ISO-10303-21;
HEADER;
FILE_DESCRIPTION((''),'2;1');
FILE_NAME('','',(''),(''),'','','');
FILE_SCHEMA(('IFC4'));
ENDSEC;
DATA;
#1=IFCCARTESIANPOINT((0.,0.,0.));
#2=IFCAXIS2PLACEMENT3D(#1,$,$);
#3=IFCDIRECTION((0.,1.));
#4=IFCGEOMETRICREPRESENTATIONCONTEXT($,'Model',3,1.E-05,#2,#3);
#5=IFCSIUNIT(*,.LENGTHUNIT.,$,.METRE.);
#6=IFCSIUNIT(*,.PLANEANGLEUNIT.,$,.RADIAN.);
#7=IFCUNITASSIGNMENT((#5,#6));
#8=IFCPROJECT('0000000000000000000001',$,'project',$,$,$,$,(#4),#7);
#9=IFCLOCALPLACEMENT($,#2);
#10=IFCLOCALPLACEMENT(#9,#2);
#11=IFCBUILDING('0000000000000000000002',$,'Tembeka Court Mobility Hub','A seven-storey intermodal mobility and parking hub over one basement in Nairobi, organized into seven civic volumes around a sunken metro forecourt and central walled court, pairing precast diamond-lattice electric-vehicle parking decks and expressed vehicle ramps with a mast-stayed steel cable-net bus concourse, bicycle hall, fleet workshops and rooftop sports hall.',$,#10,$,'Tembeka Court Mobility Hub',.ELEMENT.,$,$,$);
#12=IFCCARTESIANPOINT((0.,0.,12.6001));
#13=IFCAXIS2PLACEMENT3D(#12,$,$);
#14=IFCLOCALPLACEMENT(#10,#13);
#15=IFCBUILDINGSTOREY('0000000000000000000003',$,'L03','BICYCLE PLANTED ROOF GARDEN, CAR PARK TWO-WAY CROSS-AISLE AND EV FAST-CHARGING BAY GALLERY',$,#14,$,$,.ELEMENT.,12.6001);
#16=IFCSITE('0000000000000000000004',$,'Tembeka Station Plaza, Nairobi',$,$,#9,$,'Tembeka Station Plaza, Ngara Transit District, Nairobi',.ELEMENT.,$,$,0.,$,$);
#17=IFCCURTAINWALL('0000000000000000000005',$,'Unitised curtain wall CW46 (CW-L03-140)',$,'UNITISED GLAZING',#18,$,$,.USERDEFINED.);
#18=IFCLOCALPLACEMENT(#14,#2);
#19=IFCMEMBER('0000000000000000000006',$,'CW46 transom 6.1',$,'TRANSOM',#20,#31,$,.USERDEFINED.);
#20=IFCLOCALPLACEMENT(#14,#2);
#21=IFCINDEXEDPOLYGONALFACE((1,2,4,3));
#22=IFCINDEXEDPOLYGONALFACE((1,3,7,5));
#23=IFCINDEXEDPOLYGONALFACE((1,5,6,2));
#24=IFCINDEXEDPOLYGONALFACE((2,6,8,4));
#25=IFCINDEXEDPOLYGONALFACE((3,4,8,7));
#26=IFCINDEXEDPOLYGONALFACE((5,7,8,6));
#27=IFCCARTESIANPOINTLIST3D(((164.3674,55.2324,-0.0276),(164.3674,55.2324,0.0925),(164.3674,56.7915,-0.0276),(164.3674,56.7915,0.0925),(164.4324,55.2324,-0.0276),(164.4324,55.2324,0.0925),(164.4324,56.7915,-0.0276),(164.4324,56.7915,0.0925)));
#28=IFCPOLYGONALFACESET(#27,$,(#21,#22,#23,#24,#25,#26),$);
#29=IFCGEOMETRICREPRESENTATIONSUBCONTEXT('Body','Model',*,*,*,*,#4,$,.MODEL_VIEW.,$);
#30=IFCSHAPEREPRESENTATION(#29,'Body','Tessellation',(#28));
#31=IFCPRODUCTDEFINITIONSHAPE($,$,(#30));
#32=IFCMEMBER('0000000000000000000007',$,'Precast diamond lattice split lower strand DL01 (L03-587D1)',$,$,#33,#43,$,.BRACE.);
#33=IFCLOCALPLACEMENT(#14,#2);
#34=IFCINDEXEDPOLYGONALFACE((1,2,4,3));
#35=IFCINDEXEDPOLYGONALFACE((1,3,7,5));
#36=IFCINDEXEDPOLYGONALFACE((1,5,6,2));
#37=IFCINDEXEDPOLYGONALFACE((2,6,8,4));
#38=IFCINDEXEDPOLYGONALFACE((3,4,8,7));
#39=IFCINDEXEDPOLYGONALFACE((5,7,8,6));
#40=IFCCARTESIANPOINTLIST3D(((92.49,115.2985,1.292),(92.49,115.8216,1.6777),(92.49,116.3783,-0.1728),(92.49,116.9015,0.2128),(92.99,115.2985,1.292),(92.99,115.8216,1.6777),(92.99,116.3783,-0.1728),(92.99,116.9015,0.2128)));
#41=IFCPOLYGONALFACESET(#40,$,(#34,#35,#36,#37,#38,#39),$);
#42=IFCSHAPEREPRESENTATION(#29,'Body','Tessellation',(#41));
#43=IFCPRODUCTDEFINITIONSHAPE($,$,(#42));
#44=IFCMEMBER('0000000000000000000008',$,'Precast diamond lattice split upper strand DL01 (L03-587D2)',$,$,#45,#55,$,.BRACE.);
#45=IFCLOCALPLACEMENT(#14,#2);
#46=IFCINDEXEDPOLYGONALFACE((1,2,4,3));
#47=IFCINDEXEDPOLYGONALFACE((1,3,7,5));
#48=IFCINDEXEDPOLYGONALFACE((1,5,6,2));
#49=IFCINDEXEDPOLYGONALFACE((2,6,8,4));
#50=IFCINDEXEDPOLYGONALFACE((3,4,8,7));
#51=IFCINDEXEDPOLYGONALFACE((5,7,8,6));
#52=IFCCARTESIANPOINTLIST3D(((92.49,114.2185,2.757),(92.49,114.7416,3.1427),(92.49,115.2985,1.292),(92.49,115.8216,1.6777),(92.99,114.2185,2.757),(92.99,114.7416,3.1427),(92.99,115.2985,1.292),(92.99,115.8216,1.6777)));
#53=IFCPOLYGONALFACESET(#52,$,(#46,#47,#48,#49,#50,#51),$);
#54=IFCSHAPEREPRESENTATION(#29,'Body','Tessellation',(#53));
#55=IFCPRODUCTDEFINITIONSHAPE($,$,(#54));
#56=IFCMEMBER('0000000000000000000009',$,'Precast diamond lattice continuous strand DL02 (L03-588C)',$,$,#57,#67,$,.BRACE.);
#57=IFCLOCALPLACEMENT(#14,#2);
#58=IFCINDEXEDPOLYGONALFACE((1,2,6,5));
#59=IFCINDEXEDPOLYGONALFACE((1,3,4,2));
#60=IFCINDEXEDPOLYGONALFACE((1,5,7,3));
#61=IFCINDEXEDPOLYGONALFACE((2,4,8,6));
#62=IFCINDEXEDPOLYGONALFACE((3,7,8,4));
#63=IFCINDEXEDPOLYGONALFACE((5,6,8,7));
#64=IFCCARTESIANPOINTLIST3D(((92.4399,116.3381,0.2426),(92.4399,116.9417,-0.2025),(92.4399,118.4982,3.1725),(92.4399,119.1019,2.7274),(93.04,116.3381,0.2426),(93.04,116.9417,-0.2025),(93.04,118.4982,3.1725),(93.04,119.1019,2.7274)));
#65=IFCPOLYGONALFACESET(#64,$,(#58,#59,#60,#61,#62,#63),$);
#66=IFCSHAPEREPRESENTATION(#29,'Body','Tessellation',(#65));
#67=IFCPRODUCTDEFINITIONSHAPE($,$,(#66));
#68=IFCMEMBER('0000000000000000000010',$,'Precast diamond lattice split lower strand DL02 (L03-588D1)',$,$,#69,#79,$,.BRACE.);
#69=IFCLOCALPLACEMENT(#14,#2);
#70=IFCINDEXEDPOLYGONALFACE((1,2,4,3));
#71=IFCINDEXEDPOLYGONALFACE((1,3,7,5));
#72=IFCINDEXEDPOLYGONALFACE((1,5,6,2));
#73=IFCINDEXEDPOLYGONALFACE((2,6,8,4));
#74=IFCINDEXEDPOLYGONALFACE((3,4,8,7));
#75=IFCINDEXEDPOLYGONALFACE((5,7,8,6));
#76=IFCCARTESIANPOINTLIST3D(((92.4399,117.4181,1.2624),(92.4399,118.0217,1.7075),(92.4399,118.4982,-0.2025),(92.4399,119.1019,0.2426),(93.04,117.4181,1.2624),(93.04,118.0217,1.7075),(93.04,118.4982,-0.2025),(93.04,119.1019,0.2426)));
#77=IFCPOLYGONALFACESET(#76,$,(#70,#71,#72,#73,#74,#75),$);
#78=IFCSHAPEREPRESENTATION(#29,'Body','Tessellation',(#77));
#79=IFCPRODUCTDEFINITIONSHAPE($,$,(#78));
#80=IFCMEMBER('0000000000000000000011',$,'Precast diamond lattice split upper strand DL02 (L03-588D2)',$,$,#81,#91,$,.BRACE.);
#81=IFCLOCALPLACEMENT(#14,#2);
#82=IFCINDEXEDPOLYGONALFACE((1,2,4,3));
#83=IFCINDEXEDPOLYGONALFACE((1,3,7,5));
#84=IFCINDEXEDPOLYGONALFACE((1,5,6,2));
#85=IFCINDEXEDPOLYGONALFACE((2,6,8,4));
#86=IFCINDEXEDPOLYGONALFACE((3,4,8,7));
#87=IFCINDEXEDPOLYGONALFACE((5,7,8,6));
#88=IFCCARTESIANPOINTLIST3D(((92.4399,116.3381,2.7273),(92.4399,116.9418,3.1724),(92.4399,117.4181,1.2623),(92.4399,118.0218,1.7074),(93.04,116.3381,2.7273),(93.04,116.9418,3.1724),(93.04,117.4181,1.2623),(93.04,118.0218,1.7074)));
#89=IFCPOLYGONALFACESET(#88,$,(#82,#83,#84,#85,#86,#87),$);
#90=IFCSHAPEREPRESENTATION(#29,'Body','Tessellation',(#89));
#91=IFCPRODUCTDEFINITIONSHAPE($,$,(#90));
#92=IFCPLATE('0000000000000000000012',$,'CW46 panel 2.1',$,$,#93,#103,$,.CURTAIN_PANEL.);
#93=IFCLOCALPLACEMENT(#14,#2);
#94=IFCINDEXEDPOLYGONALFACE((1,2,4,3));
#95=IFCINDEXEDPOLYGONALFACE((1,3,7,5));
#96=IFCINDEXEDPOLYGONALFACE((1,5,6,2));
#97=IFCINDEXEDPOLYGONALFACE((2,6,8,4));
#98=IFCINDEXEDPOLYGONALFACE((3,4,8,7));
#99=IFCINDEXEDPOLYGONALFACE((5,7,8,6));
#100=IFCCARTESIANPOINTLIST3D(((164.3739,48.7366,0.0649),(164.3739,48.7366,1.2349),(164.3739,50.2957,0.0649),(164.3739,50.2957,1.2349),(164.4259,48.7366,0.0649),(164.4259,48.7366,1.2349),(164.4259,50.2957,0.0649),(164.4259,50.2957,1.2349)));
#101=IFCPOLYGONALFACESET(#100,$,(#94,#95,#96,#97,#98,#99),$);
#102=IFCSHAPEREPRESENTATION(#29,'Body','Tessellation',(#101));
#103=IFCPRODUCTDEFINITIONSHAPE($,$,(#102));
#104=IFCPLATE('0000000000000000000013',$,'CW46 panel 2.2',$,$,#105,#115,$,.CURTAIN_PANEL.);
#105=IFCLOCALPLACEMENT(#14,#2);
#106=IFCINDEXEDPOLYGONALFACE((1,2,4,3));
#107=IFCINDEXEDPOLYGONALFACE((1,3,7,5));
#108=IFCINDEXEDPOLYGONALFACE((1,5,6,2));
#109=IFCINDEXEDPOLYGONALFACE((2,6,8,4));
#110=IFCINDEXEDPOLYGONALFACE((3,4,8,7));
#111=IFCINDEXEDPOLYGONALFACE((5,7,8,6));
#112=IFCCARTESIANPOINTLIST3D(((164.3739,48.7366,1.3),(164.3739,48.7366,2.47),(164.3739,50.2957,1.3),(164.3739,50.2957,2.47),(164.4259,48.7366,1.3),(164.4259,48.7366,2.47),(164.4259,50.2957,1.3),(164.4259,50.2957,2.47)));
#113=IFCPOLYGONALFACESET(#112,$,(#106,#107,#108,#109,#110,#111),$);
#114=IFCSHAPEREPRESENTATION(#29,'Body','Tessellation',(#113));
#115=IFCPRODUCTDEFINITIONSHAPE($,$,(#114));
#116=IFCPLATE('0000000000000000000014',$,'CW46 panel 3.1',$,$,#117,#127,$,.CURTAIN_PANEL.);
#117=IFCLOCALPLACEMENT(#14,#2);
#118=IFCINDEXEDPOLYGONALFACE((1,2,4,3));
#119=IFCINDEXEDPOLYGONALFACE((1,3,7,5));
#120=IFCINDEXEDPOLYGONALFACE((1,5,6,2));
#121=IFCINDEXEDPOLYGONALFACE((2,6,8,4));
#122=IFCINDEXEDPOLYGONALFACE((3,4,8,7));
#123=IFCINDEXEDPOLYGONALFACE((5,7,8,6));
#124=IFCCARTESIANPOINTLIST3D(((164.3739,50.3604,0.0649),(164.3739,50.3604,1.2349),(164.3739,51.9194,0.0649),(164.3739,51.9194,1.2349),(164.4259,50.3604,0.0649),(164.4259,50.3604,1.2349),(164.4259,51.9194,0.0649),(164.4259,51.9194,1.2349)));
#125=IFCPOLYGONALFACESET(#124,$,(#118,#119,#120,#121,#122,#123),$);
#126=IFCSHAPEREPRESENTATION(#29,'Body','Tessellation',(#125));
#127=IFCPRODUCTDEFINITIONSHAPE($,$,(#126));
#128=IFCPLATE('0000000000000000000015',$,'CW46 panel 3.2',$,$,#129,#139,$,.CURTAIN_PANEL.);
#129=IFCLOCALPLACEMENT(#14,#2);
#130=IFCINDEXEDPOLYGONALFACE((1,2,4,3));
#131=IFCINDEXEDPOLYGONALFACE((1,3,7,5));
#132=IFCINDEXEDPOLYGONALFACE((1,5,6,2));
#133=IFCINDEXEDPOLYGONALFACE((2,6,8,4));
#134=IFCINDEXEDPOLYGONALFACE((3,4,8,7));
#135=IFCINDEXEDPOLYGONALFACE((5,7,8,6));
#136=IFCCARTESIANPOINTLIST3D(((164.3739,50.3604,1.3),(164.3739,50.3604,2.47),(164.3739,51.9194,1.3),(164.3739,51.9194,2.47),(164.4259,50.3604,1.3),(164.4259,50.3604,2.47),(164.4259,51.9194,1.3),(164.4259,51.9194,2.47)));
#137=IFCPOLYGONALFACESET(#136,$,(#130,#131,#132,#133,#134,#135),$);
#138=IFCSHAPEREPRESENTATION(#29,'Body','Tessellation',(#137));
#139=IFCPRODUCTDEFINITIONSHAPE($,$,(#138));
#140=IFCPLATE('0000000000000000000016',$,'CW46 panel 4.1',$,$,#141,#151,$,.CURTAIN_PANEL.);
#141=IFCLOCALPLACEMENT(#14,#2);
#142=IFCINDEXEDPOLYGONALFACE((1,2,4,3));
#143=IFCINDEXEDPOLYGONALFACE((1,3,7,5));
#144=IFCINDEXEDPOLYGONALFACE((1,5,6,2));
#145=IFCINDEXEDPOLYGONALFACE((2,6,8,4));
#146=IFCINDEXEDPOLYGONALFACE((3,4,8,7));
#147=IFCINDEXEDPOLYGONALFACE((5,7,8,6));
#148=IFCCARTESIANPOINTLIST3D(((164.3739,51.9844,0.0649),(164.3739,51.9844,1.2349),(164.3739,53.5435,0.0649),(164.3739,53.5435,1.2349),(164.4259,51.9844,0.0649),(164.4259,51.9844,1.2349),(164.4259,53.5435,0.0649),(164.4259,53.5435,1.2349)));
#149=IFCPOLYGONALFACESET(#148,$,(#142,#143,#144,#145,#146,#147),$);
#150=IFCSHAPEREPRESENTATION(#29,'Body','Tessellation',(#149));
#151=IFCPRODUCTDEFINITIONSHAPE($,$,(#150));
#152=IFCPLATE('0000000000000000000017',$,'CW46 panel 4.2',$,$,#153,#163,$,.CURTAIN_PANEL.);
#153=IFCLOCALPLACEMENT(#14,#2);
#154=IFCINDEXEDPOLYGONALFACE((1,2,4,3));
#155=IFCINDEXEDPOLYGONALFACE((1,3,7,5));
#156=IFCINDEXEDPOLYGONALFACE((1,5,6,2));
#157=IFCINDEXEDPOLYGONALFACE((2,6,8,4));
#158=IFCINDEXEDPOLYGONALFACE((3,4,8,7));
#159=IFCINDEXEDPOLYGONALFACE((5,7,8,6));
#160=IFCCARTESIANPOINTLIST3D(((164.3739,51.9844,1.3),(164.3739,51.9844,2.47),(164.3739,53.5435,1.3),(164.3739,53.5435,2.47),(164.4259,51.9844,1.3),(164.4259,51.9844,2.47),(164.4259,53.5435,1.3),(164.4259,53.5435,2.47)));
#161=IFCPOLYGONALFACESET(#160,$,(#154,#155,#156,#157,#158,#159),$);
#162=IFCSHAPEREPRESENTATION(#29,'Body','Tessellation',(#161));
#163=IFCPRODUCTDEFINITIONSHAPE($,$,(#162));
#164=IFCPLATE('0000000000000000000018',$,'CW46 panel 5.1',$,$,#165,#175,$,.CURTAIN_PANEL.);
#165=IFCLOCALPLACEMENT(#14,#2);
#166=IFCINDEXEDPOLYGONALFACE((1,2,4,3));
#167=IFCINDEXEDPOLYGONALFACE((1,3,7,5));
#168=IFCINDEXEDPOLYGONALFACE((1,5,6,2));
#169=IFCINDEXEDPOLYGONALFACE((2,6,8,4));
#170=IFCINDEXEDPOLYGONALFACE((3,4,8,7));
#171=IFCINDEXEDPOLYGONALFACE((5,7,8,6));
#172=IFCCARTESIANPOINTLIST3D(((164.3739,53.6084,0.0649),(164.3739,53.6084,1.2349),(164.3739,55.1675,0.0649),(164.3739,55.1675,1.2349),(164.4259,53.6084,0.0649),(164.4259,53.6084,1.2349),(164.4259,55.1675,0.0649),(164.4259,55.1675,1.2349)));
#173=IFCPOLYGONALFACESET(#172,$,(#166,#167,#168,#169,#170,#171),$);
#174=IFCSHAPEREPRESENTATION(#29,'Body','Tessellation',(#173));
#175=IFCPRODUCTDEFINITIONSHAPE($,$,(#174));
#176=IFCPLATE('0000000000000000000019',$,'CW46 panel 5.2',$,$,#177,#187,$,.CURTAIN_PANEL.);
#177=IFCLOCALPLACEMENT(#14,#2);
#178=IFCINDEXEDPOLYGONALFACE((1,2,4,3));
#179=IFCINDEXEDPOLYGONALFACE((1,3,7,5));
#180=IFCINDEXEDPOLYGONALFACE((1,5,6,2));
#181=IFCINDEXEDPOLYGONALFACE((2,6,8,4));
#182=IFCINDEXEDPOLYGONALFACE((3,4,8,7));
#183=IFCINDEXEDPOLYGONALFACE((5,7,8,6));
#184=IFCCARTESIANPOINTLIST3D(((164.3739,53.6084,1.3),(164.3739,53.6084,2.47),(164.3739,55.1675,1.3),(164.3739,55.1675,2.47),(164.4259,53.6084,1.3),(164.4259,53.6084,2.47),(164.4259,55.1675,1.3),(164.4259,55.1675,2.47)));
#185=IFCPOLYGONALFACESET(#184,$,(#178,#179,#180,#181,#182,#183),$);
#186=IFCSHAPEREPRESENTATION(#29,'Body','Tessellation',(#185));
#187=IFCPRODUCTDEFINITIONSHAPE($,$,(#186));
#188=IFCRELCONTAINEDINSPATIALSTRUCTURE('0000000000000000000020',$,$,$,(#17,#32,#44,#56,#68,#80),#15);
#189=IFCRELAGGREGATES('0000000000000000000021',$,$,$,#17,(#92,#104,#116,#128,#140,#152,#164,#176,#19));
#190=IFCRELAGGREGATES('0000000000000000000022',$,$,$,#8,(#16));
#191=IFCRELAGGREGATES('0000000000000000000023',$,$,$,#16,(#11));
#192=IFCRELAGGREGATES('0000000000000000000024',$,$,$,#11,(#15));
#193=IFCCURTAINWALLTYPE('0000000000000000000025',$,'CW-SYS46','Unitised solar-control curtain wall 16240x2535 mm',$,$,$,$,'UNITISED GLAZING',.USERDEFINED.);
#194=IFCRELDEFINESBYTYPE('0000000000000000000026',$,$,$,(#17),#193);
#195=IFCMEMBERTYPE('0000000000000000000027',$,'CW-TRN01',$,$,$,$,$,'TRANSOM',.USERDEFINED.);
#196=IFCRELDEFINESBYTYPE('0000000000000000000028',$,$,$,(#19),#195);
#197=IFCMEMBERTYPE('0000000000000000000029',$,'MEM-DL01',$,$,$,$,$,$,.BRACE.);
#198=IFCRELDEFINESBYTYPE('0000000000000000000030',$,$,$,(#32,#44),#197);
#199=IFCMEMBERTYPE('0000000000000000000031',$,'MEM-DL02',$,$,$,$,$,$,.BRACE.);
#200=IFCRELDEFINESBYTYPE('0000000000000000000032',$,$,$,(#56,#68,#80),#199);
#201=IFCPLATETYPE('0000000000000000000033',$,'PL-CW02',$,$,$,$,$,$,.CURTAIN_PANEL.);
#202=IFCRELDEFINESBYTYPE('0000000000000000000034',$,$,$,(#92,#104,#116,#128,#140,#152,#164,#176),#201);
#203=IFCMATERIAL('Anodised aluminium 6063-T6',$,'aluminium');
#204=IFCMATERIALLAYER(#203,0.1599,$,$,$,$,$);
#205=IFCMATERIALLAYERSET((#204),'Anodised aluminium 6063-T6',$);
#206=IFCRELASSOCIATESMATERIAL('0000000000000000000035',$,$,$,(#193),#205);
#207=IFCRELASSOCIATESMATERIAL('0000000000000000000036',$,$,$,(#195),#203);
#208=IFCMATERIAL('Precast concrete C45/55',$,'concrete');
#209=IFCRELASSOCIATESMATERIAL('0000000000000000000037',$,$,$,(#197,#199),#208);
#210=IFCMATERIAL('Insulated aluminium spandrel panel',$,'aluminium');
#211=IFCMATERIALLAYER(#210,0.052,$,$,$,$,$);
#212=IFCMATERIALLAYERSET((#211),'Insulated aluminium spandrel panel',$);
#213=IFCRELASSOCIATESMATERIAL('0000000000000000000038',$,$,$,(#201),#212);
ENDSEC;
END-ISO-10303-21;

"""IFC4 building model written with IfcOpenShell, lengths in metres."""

from ifc_helpers import new_model, si_unit, direction, frame, origin, origin_2d, place, context, subcontext, project, spatial, rectangle, extrude, material, layer, layer_set, material_profile, profile_set, type_object, element, aggregate, save


model = new_model("IFC4")

# Units and contexts
model_context = context("Model", 3, precision=1e-05, world=origin(), true_north=direction((0.0, 1.0)))
body_context = subcontext(model_context, "Body", "Model", "MODEL_VIEW")
ifc_project = project(units=[si_unit("LENGTHUNIT", "METRE"), si_unit("PLANEANGLEUNIT", "RADIAN")], contexts=[model_context])

# Site, building, storey
site_placement = place(None, origin())
site = spatial("IfcSite", under=ifc_project, at=site_placement, Name="Tembeka Station Plaza, Nairobi", LongName="Tembeka Station Plaza, Ngara Transit District, Nairobi", CompositionType="ELEMENT", RefElevation=0.0)
building_placement = place(site_placement, origin())
building = spatial("IfcBuilding", under=site, at=building_placement, Name="Tembeka Court Mobility Hub", Description="A seven-storey intermodal mobility and parking hub over one basement in Nairobi, organized into seven civic volumes around a sunken metro forecourt and central walled court, pairing precast diamond-lattice electric-vehicle parking decks and expressed vehicle ramps with a mast-stayed steel cable-net bus concourse, bicycle hall, fleet workshops and rooftop sports hall.", LongName="Tembeka Court Mobility Hub", CompositionType="ELEMENT")
storey_placement = place(building_placement, frame((0.0, 0.0, 12.6001)))
storey = spatial("IfcBuildingStorey", under=building, at=storey_placement, Name="L03", Description="BICYCLE PLANTED ROOF GARDEN, CAR PARK TWO-WAY CROSS-AISLE AND EV FAST-CHARGING BAY GALLERY", CompositionType="ELEMENT", Elevation=12.6001)

# Curtain wall, member
ifc_material_1 = material(Name="Anodised aluminium 6063-T6", Category="aluminium")
ifc_layer_1 = layer(ifc_material_1, 0.1599)
ifc_layer_set_1 = layer_set([ifc_layer_1], Name="Anodised aluminium 6063-T6")
curtain_wall_type = type_object("IfcCurtainWallType", Name="CW-SYS46", Description="Unitised solar-control curtain wall 16240x2535 mm", ElementType="UNITISED GLAZING", PredefinedType="USERDEFINED", material=ifc_layer_set_1)
curtain_wall_placement = place(storey_placement, origin())
curtain_wall = element("IfcCurtainWall", 1, at=curtain_wall_placement, inside=storey, type_object=curtain_wall_type, Name="Unitised curtain wall CW46 (CW-L03-140)", ObjectType="UNITISED GLAZING", PredefinedType="USERDEFINED")
ifc_material_profile_1 = material_profile(ifc_material_1, rectangle(XDim=0.0649, YDim=0.1201, at=origin_2d()), Name="ALU-TRN 65x120")
ifc_profile_set_1 = profile_set([ifc_material_profile_1], Name="Anodised aluminium 6063-T6")
member_type_1 = type_object("IfcMemberType", Name="CW-TRN01", ElementType="TRANSOM", PredefinedType="USERDEFINED", material=ifc_profile_set_1)
member_1_placement = place(storey_placement, frame((164.3999, 55.2324, 0.0325), z_axis=(0.0, 1.0, 0.0), x_axis=(-1.0, 0.0, 0.0)))
member_1 = element("IfcMember", 2, at=member_1_placement, type_object=member_type_1, Name="CW46 transom 6.1", ObjectType="TRANSOM", PredefinedType="USERDEFINED", context=body_context, shape_type="SweptSolid", body=[
    extrude(rectangle(XDim=0.0649, YDim=0.1201, at=origin_2d()), origin(), (0.0, 0.0, 1.0), 1.5591),
])

# Members
ifc_material_2 = material(Name="Precast concrete C45/55", Category="concrete")
ifc_material_profile_2 = material_profile(ifc_material_2, rectangle(XDim=0.5, YDim=0.6499, at=origin_2d()), Name="PC-DIAG 500x650")
ifc_profile_set_2 = profile_set([ifc_material_profile_2], Name="Precast concrete C45/55")
member_type_2 = type_object("IfcMemberType", Name="MEM-DL01", PredefinedType="BRACE", material=ifc_profile_set_2)
member_2_placement = place(storey_placement, frame((92.74, 116.6399, 0.02), z_axis=(0.0, -0.593368, 0.804931), x_axis=(1.0, 0.0, 0.0)))
element("IfcMember", 3, at=member_2_placement, inside=storey, type_object=member_type_2, Name="Precast diamond lattice split lower strand DL01 (L03-587D1)", PredefinedType="BRACE", context=body_context, shape_type="SweptSolid", body=[
    extrude(rectangle(XDim=0.5, YDim=0.6499, at=origin_2d()), origin(), (0.0, 0.0, 1.0), 1.8198),
])
member_3_placement = place(storey_placement, frame((92.74, 115.5601, 1.4849), z_axis=(0.0, -0.593391, 0.804914), x_axis=(1.0, 0.0, 0.0)))
element("IfcMember", 4, at=member_3_placement, inside=storey, type_object=member_type_2, Name="Precast diamond lattice split upper strand DL01 (L03-587D2)", PredefinedType="BRACE", context=body_context, shape_type="SweptSolid", body=[
    extrude(rectangle(XDim=0.5, YDim=0.6499, at=origin_2d()), origin(), (0.0, 0.0, 1.0), 1.8201),
])
ifc_material_profile_3 = material_profile(ifc_material_2, rectangle(XDim=0.6001, YDim=0.75, at=origin_2d()), Name="PC-DIAG 600x750")
ifc_profile_set_3 = profile_set([ifc_material_profile_3], Name="Precast concrete C45/55")
member_type_3 = type_object("IfcMemberType", Name="MEM-DL02", PredefinedType="BRACE", material=ifc_profile_set_3)
member_4_placement = place(storey_placement, frame((92.74, 116.6399, 0.02), z_axis=(0.0, 0.593423, 0.804891), x_axis=(-1.0, 0.0, 0.0)))
element("IfcMember", 5, at=member_4_placement, inside=storey, type_object=member_type_3, Name="Precast diamond lattice continuous strand DL02 (L03-588C)", PredefinedType="BRACE", context=body_context, shape_type="SweptSolid", body=[
    extrude(rectangle(XDim=0.6001, YDim=0.75, at=origin_2d()), origin(), (0.0, 0.0, 1.0), 3.6401),
])
for number, where, z_axis, x_axis, name in (
    (6, (92.74, 118.8, 0.02), (0.0, -0.593455, 0.804867), (1.0, 0.0, 0.0), "Precast diamond lattice split lower strand DL02 (L03-588D1)"),
    (7, (92.74, 117.72, 1.4849), (0.0, -0.593391, 0.804914), (1.0, 0.0, 0.0), "Precast diamond lattice split upper strand DL02 (L03-588D2)"),
):
    element("IfcMember", number, at=place(storey_placement, frame(where, z_axis=z_axis, x_axis=x_axis)), inside=storey, type_object=member_type_3, Name=name, PredefinedType="BRACE", context=body_context, shape_type="SweptSolid", body=[
        extrude(rectangle(XDim=0.6001, YDim=0.75, at=origin_2d()), origin(), (0.0, 0.0, 1.0), 1.8201),
    ])

# Plates
ifc_material_3 = material(Name="Insulated aluminium spandrel panel", Category="aluminium")
ifc_layer_2 = layer(ifc_material_3, 0.052)
ifc_layer_set_2 = layer_set([ifc_layer_2], Name="Insulated aluminium spandrel panel")
plate_type_1 = type_object("IfcPlateType", Name="PL-CW02", PredefinedType="CURTAIN_PANEL", material=ifc_layer_set_2)
plate_1_placement = place(storey_placement, frame((164.3999, 49.5161, 0.0649), z_axis=(0.0, 0.0, 1.0), x_axis=(0.0, 1.0, 0.0)))
plate_1 = element("IfcPlate", 8, at=plate_1_placement, type_object=plate_type_1, Name="CW46 panel 2.1", PredefinedType="CURTAIN_PANEL", context=body_context, shape_type="SweptSolid", body=[
    extrude(rectangle(XDim=1.5591, YDim=0.052, at=origin_2d()), origin(), (0.0, 0.0, 1.0), 1.1699),
])
plate_2_placement = place(storey_placement, frame((164.3999, 49.5161, 1.3), z_axis=(0.0, 0.0, 1.0), x_axis=(0.0, 1.0, 0.0)))
plate_2 = element("IfcPlate", 9, at=plate_2_placement, type_object=plate_type_1, Name="CW46 panel 2.2", PredefinedType="CURTAIN_PANEL", context=body_context, shape_type="SweptSolid", body=[
    extrude(rectangle(XDim=1.5591, YDim=0.052, at=origin_2d()), origin(), (0.0, 0.0, 1.0), 1.1699),
])
plate_3_placement = place(storey_placement, frame((164.3999, 51.1399, 0.0649), z_axis=(0.0, 0.0, 1.0), x_axis=(0.0, 1.0, 0.0)))
plate_3 = element("IfcPlate", 10, at=plate_3_placement, type_object=plate_type_1, Name="CW46 panel 3.1", PredefinedType="CURTAIN_PANEL", context=body_context, shape_type="SweptSolid", body=[
    extrude(rectangle(XDim=1.5591, YDim=0.052, at=origin_2d()), origin(), (0.0, 0.0, 1.0), 1.1699),
])
plate_4_placement = place(storey_placement, frame((164.3999, 51.1399, 1.3), z_axis=(0.0, 0.0, 1.0), x_axis=(0.0, 1.0, 0.0)))
plate_4 = element("IfcPlate", 11, at=plate_4_placement, type_object=plate_type_1, Name="CW46 panel 3.2", PredefinedType="CURTAIN_PANEL", context=body_context, shape_type="SweptSolid", body=[
    extrude(rectangle(XDim=1.5591, YDim=0.052, at=origin_2d()), origin(), (0.0, 0.0, 1.0), 1.1699),
])
plate_5_placement = place(storey_placement, frame((164.3999, 52.7639, 0.0649), z_axis=(0.0, 0.0, 1.0), x_axis=(0.0, 1.0, 0.0)))
plate_5 = element("IfcPlate", 12, at=plate_5_placement, type_object=plate_type_1, Name="CW46 panel 4.1", PredefinedType="CURTAIN_PANEL", context=body_context, shape_type="SweptSolid", body=[
    extrude(rectangle(XDim=1.5591, YDim=0.052, at=origin_2d()), origin(), (0.0, 0.0, 1.0), 1.1699),
])
plate_6_placement = place(storey_placement, frame((164.3999, 52.7639, 1.3), z_axis=(0.0, 0.0, 1.0), x_axis=(0.0, 1.0, 0.0)))
plate_6 = element("IfcPlate", 13, at=plate_6_placement, type_object=plate_type_1, Name="CW46 panel 4.2", PredefinedType="CURTAIN_PANEL", context=body_context, shape_type="SweptSolid", body=[
    extrude(rectangle(XDim=1.5591, YDim=0.052, at=origin_2d()), origin(), (0.0, 0.0, 1.0), 1.1699),
])
plate_7_placement = place(storey_placement, frame((164.3999, 54.3879, 0.0649), z_axis=(0.0, 0.0, 1.0), x_axis=(0.0, 1.0, 0.0)))
plate_7 = element("IfcPlate", 14, at=plate_7_placement, type_object=plate_type_1, Name="CW46 panel 5.1", PredefinedType="CURTAIN_PANEL", context=body_context, shape_type="SweptSolid", body=[
    extrude(rectangle(XDim=1.5591, YDim=0.052, at=origin_2d()), origin(), (0.0, 0.0, 1.0), 1.1699),
])
plate_8_placement = place(storey_placement, frame((164.3999, 54.3879, 1.3), z_axis=(0.0, 0.0, 1.0), x_axis=(0.0, 1.0, 0.0)))
plate_8 = element("IfcPlate", 15, at=plate_8_placement, type_object=plate_type_1, Name="CW46 panel 5.2", PredefinedType="CURTAIN_PANEL", context=body_context, shape_type="SweptSolid", body=[
    extrude(rectangle(XDim=1.5591, YDim=0.052, at=origin_2d()), origin(), (0.0, 0.0, 1.0), 1.1699),
])
aggregate(curtain_wall, [plate_1, plate_2, plate_3, plate_4, plate_5, plate_6, plate_7, plate_8, member_1])

save(model, "model.ifc")
